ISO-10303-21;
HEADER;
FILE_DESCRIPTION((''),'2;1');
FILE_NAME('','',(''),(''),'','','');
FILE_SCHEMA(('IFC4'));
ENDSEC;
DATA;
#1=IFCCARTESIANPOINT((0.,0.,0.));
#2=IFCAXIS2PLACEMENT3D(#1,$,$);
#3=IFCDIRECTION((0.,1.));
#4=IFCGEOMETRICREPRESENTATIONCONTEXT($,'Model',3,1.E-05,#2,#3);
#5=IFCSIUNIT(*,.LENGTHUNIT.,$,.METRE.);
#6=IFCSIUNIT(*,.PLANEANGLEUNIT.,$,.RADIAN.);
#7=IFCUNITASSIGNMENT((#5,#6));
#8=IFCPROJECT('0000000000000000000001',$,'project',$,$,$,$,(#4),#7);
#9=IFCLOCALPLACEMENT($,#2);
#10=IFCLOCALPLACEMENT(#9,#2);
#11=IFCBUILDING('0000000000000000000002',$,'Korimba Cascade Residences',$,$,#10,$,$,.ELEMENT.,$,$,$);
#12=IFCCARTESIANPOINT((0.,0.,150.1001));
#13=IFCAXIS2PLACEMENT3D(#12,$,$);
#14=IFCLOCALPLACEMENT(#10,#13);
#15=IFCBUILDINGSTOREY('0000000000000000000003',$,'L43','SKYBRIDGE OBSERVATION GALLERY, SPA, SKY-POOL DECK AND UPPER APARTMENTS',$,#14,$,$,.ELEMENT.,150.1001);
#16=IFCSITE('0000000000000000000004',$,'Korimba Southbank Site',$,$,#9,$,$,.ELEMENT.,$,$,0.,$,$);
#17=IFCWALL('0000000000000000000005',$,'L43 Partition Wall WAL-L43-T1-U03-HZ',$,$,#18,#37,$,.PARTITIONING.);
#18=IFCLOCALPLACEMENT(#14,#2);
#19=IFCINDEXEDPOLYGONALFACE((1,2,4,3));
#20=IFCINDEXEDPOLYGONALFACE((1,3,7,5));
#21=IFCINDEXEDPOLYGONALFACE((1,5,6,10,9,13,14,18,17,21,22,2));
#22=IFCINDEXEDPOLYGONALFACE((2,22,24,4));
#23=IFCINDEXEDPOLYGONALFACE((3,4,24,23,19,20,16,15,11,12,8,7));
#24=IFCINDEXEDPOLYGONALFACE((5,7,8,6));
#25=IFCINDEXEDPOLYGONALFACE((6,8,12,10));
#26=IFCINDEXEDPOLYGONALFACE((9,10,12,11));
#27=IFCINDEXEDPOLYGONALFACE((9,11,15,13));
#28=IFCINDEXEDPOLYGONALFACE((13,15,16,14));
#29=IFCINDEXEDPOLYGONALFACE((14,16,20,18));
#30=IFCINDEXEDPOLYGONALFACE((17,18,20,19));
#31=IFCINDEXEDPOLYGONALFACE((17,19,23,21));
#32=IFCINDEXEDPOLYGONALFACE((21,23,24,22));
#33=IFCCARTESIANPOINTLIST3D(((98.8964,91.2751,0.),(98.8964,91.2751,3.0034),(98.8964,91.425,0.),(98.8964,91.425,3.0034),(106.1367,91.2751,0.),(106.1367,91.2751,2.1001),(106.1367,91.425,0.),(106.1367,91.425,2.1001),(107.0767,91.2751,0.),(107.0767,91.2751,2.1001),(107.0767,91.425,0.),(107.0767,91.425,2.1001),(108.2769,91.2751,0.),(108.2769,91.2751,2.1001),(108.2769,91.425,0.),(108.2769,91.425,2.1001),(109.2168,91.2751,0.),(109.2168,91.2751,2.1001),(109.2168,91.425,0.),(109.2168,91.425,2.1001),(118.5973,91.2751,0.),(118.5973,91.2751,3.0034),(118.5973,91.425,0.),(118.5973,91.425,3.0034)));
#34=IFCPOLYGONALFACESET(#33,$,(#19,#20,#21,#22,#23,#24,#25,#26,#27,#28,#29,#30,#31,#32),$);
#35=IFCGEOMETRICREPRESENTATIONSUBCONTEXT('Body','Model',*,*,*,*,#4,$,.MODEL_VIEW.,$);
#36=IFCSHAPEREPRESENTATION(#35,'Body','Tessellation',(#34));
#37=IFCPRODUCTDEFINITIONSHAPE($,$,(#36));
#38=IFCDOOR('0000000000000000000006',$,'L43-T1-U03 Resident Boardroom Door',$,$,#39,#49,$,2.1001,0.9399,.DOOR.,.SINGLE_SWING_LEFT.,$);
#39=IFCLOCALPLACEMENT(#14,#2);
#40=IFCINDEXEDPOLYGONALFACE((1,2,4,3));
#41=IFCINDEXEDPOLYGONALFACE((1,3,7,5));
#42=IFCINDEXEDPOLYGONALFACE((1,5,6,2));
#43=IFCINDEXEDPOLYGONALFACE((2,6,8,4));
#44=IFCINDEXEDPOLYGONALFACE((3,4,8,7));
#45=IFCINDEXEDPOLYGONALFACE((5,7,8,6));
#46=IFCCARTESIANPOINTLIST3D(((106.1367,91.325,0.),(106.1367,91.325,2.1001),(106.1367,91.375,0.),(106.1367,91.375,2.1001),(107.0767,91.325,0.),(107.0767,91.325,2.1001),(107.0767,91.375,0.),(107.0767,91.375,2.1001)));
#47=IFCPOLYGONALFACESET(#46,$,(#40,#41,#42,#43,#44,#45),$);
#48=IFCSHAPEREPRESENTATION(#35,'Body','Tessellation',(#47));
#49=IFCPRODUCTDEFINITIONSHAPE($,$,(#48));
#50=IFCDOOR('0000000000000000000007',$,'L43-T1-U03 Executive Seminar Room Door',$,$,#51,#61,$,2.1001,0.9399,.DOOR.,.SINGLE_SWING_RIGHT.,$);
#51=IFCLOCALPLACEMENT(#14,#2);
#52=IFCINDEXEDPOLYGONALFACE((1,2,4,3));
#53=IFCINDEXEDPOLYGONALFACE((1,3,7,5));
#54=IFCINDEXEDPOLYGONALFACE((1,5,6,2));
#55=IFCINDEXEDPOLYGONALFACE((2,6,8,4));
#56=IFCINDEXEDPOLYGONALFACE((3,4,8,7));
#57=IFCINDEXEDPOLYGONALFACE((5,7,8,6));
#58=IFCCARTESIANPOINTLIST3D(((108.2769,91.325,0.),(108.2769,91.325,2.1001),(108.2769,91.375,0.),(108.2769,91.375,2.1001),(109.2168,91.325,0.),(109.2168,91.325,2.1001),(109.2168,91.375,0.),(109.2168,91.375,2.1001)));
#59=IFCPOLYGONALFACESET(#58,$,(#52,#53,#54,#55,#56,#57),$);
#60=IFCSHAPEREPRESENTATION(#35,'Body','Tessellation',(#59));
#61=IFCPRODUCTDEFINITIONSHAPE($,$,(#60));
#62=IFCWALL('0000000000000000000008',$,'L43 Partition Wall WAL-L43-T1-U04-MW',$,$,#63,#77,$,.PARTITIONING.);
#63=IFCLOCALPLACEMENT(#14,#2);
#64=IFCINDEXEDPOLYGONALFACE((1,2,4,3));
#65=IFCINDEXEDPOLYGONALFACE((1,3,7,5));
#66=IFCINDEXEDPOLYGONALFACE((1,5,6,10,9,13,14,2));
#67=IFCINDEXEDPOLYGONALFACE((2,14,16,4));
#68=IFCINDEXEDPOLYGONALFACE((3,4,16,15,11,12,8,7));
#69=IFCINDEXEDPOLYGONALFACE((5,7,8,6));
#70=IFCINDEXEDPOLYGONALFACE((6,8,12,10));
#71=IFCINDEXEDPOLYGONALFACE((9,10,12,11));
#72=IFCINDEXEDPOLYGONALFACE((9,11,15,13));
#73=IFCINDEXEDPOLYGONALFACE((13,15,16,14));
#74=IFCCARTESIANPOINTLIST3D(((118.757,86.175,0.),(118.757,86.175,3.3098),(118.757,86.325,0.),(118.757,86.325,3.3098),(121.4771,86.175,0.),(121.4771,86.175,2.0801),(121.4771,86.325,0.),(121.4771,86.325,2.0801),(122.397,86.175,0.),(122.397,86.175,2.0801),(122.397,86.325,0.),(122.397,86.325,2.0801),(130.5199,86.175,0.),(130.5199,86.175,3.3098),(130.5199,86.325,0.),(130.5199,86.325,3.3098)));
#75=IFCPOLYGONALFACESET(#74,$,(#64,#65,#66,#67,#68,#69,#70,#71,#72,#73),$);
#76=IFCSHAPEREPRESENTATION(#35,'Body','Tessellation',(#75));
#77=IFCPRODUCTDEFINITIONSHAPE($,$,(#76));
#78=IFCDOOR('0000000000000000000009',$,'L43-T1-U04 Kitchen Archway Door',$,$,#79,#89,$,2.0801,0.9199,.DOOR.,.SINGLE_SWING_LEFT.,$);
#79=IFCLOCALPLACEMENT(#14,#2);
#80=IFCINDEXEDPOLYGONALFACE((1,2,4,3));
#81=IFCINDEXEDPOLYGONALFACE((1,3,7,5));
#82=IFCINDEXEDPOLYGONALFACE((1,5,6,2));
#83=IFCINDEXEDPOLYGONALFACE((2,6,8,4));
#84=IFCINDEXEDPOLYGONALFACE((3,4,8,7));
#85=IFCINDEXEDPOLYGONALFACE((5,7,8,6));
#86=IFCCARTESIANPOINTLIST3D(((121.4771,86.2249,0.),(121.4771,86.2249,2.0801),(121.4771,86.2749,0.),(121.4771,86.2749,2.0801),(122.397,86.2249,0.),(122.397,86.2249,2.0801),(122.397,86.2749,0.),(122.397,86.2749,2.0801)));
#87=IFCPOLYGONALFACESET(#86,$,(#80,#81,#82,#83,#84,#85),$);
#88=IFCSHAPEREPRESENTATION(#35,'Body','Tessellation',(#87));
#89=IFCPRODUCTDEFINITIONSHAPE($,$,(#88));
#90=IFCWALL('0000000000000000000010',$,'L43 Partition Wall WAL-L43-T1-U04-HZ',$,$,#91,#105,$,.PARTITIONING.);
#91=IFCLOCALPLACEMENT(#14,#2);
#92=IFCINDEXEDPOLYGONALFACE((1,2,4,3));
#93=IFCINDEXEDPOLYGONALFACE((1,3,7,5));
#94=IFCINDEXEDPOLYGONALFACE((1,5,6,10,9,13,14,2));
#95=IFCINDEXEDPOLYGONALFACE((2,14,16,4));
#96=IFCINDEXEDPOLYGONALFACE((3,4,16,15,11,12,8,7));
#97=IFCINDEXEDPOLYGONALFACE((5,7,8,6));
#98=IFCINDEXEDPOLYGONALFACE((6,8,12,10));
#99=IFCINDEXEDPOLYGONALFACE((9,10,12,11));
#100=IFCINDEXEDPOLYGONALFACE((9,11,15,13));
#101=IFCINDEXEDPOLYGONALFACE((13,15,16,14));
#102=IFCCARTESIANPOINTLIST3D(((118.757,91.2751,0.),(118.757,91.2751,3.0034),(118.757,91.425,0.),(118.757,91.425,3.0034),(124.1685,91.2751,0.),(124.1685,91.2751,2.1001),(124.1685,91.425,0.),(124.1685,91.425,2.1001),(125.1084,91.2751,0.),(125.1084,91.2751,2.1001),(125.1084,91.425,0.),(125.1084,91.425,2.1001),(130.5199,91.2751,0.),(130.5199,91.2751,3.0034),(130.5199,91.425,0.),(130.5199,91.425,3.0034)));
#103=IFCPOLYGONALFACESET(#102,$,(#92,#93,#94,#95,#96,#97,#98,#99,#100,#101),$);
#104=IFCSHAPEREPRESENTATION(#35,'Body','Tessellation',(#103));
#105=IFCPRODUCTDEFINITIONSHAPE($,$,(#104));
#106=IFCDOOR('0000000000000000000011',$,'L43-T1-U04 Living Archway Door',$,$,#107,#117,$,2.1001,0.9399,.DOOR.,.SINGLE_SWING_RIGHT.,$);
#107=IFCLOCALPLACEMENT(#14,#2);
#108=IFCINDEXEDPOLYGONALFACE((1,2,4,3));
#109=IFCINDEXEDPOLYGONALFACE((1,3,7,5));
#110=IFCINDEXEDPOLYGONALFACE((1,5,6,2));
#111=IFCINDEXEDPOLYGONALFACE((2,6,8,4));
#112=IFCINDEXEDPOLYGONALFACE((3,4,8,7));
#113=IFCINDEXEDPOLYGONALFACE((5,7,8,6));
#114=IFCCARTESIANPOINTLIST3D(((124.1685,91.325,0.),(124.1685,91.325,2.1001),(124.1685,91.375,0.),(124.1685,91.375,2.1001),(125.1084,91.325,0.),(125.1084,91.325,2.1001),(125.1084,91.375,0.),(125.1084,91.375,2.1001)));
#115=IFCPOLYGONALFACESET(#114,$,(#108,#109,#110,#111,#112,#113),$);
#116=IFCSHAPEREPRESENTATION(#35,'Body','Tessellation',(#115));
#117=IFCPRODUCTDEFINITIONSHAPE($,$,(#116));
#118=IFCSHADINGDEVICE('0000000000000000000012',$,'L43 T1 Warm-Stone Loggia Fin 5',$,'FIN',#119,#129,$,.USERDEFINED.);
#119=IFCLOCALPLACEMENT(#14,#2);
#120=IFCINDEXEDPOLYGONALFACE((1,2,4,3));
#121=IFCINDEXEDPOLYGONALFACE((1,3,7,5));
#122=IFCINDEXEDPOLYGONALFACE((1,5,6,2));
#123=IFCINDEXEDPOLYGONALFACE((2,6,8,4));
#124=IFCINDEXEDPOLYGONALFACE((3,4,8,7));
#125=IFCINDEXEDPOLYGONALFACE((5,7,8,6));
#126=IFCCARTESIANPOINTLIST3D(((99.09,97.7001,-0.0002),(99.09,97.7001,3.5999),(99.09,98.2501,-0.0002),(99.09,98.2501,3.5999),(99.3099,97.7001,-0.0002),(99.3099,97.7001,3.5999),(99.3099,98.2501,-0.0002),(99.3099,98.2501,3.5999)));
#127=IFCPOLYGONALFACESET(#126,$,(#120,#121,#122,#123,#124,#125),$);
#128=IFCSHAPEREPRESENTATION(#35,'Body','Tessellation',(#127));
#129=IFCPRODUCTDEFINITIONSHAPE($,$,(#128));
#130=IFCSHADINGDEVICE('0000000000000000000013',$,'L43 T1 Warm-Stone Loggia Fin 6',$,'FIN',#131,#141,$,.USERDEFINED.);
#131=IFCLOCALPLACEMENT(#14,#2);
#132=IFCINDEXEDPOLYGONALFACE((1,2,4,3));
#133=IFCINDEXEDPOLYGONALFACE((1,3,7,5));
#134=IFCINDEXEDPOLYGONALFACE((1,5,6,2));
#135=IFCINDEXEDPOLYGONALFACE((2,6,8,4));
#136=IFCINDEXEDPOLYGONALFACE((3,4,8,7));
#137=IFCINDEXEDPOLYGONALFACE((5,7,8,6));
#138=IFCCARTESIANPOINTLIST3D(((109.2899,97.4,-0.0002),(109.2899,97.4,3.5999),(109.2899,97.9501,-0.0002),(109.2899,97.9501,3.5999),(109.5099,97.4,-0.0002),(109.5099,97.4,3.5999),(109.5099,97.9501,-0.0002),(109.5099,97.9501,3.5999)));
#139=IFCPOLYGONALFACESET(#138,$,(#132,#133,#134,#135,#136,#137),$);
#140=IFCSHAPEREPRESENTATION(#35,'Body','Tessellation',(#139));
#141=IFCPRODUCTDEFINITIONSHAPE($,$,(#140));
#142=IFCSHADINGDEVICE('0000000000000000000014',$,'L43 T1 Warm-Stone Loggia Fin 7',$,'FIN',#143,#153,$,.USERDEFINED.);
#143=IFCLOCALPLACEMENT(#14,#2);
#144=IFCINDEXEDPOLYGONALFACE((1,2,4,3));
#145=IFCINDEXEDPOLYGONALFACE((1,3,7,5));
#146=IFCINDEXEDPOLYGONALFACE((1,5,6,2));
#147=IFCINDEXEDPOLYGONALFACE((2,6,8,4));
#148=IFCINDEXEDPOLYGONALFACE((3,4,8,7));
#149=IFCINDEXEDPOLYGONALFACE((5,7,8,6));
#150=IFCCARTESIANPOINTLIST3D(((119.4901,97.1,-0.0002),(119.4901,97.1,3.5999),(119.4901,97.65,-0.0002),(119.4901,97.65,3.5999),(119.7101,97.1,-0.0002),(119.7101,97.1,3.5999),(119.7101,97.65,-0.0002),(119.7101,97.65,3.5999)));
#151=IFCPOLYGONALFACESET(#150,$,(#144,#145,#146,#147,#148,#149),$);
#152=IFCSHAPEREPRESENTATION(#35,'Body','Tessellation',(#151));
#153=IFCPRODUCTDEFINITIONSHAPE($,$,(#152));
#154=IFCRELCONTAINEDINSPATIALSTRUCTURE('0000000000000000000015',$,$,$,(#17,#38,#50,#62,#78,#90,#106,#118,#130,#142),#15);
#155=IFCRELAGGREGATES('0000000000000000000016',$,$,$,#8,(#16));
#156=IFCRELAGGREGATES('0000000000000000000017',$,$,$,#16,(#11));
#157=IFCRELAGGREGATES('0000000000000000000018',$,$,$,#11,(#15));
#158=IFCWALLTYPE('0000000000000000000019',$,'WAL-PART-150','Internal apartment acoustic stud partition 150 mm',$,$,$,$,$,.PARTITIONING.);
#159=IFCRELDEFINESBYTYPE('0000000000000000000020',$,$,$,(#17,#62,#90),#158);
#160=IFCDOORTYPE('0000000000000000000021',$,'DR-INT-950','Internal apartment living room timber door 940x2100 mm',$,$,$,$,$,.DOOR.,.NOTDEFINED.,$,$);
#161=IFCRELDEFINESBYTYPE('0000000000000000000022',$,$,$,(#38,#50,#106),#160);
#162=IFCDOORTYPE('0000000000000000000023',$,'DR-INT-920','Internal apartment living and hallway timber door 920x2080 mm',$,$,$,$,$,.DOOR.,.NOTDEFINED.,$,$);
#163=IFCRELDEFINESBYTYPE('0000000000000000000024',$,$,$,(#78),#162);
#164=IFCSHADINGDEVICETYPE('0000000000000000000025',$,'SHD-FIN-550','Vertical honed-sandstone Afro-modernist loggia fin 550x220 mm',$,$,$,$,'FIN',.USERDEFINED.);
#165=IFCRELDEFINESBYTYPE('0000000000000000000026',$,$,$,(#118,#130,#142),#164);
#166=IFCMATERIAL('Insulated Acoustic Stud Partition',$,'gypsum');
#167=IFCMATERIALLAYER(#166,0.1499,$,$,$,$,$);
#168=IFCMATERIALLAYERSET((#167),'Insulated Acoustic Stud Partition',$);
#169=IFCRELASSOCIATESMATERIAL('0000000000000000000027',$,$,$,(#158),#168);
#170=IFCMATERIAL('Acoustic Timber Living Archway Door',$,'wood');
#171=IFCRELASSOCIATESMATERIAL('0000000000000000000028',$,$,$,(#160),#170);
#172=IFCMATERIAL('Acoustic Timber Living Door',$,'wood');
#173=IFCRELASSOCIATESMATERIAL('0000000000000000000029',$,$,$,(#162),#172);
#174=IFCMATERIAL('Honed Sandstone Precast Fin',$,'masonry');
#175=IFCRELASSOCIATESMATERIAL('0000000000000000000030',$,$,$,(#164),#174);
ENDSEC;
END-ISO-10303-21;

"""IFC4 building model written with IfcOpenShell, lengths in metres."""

from ifc_helpers import new_model, si_unit, direction, frame, frame_2d, origin, origin_2d, place, context, subcontext, project, spatial, rectangle, extrude, material, layer, layer_set, type_object, element, fill, save


model = new_model("IFC4")

# Units and contexts
model_context = context("Model", 3, precision=1e-05, world=origin(), true_north=direction((0.0, 1.0)))
body_context = subcontext(model_context, "Body", "Model", "MODEL_VIEW")
ifc_project = project(units=[si_unit("LENGTHUNIT", "METRE"), si_unit("PLANEANGLEUNIT", "RADIAN")], contexts=[model_context])

# Site, building, storey
site_placement = place(None, origin())
site = spatial("IfcSite", under=ifc_project, at=site_placement, Name="Korimba Southbank Site", CompositionType="ELEMENT", RefElevation=0.0)
building_placement = place(site_placement, origin())
building = spatial("IfcBuilding", under=site, at=building_placement, Name="Korimba Cascade Residences", CompositionType="ELEMENT")
storey_placement = place(building_placement, frame((0.0, 0.0, 150.1001)))
storey = spatial("IfcBuildingStorey", under=building, at=storey_placement, Name="L43", Description="SKYBRIDGE OBSERVATION GALLERY, SPA, SKY-POOL DECK AND UPPER APARTMENTS", CompositionType="ELEMENT", Elevation=150.1001)

# Shared definitions
ifc_material_1 = material(Name="Insulated Acoustic Stud Partition", Category="gypsum")
ifc_layer = layer(ifc_material_1, 0.1499)
ifc_layer_set = layer_set([ifc_layer], Name="Insulated Acoustic Stud Partition")
wall_type = type_object("IfcWallType", Name="WAL-PART-150", Description="Internal apartment acoustic stud partition 150 mm", PredefinedType="PARTITIONING", material=ifc_layer_set)

# Wall, openings, doors
wall_1_placement = place(storey_placement, frame((98.8962, 91.3501, 0.0), z_axis=(0.0, 0.0, 1.0), x_axis=(1.0, 0.0, 0.0)))
wall_1 = element("IfcWall", 1, at=wall_1_placement, inside=storey, type_object=wall_type, Name="L43 Partition Wall WAL-L43-T1-U03-HZ", PredefinedType="PARTITIONING", context=body_context, shape_type="SweptSolid", body=[
    extrude(rectangle(XDim=19.7009, YDim=0.1499, at=frame_2d((9.8506, 0.0))), origin(), (0.0, 0.0, 1.0), 3.0034),
])
opening_1_placement = place(wall_1_placement, frame((7.2405, 0.0, 0.0)))
opening_1 = element("IfcOpeningElement", 2, at=opening_1_placement, cuts=wall_1, PredefinedType="OPENING", context=body_context, shape_type="SweptSolid", body=[
    extrude(rectangle(XDim=0.9399, YDim=2.1001, at=frame_2d((0.47, 1.05))), frame((0.0, 0.085, 0.0), z_axis=(0.0, -1.0, 0.0), x_axis=(1.0, 0.0, 0.0)), (0.0, 0.0, 1.0), 0.1699),
])
opening_2_placement = place(wall_1_placement, frame((9.3806, 0.0, 0.0)))
opening_2 = element("IfcOpeningElement", 3, at=opening_2_placement, cuts=wall_1, PredefinedType="OPENING", context=body_context, shape_type="SweptSolid", body=[
    extrude(rectangle(XDim=0.9399, YDim=2.1001, at=frame_2d((0.47, 1.05))), frame((0.0, 0.085, 0.0), z_axis=(0.0, -1.0, 0.0), x_axis=(1.0, 0.0, 0.0)), (0.0, 0.0, 1.0), 0.1699),
])
ifc_material_2 = material(Name="Acoustic Timber Living Archway Door", Category="wood")
door_type_1 = type_object("IfcDoorType", Name="DR-INT-950", Description="Internal apartment living room timber door 940x2100 mm", OperationType="NOTDEFINED", PredefinedType="DOOR", material=ifc_material_2)
door_1_placement = place(opening_1_placement, origin())
door_1 = element("IfcDoor", 4, at=door_1_placement, inside=storey, type_object=door_type_1, Name="L43-T1-U03 Resident Boardroom Door", OperationType="SINGLE_SWING_LEFT", OverallHeight=2.1001, OverallWidth=0.9399, PredefinedType="DOOR", context=body_context, shape_type="SweptSolid", body=[
    extrude(rectangle(XDim=0.9399, YDim=2.1001, at=frame_2d((0.47, 1.05))), frame((0.0, 0.0249, 0.0), z_axis=(0.0, -1.0, 0.0), x_axis=(1.0, 0.0, 0.0)), (0.0, 0.0, 1.0), 0.05),
])
fill(opening_1, door_1)
door_2_placement = place(opening_2_placement, origin())
door_2 = element("IfcDoor", 5, at=door_2_placement, inside=storey, type_object=door_type_1, Name="L43-T1-U03 Executive Seminar Room Door", OperationType="SINGLE_SWING_RIGHT", OverallHeight=2.1001, OverallWidth=0.9399, PredefinedType="DOOR", context=body_context, shape_type="SweptSolid", body=[
    extrude(rectangle(XDim=0.9399, YDim=2.1001, at=frame_2d((0.47, 1.05))), frame((0.0, 0.0249, 0.0), z_axis=(0.0, -1.0, 0.0), x_axis=(1.0, 0.0, 0.0)), (0.0, 0.0, 1.0), 0.05),
])
fill(opening_2, door_2)

# Walls, openings, doors
wall_2_placement = place(storey_placement, frame((118.7571, 86.25, 0.0), z_axis=(0.0, 0.0, 1.0), x_axis=(1.0, 0.0, 0.0)))
wall_2 = element("IfcWall", 6, at=wall_2_placement, inside=storey, type_object=wall_type, Name="L43 Partition Wall WAL-L43-T1-U04-MW", PredefinedType="PARTITIONING", context=body_context, shape_type="SweptSolid", body=[
    extrude(rectangle(XDim=11.7629, YDim=0.1499, at=frame_2d((5.8813, 0.0))), origin(), (0.0, 0.0, 1.0), 3.3098),
])
opening_3_placement = place(wall_2_placement, frame((2.72, 0.0, 0.0)))
opening_3 = element("IfcOpeningElement", 7, at=opening_3_placement, cuts=wall_2, PredefinedType="OPENING", context=body_context, shape_type="SweptSolid", body=[
    extrude(rectangle(XDim=0.9199, YDim=2.0801, at=frame_2d((0.46, 1.04))), frame((0.0, 0.085, 0.0), z_axis=(0.0, -1.0, 0.0), x_axis=(1.0, 0.0, 0.0)), (0.0, 0.0, 1.0), 0.1699),
])
ifc_material_3 = material(Name="Acoustic Timber Living Door", Category="wood")
door_type_2 = type_object("IfcDoorType", Name="DR-INT-920", Description="Internal apartment living and hallway timber door 920x2080 mm", OperationType="NOTDEFINED", PredefinedType="DOOR", material=ifc_material_3)
door_3_placement = place(opening_3_placement, origin())
door_3 = element("IfcDoor", 8, at=door_3_placement, inside=storey, type_object=door_type_2, Name="L43-T1-U04 Kitchen Archway Door", OperationType="SINGLE_SWING_LEFT", OverallHeight=2.0801, OverallWidth=0.9199, PredefinedType="DOOR", context=body_context, shape_type="SweptSolid", body=[
    extrude(rectangle(XDim=0.9199, YDim=2.0801, at=frame_2d((0.46, 1.04))), frame((0.0, 0.0249, 0.0), z_axis=(0.0, -1.0, 0.0), x_axis=(1.0, 0.0, 0.0)), (0.0, 0.0, 1.0), 0.05),
])
fill(opening_3, door_3)
wall_3_placement = place(storey_placement, frame((118.7571, 91.3501, 0.0), z_axis=(0.0, 0.0, 1.0), x_axis=(1.0, 0.0, 0.0)))
wall_3 = element("IfcWall", 9, at=wall_3_placement, inside=storey, type_object=wall_type, Name="L43 Partition Wall WAL-L43-T1-U04-HZ", PredefinedType="PARTITIONING", context=body_context, shape_type="SweptSolid", body=[
    extrude(rectangle(XDim=11.7629, YDim=0.1499, at=frame_2d((5.8813, 0.0))), origin(), (0.0, 0.0, 1.0), 3.0034),
])
opening_4_placement = place(wall_3_placement, frame((5.4114, 0.0, 0.0)))
opening_4 = element("IfcOpeningElement", 10, at=opening_4_placement, cuts=wall_3, PredefinedType="OPENING", context=body_context, shape_type="SweptSolid", body=[
    extrude(rectangle(XDim=0.9399, YDim=2.1001, at=frame_2d((0.47, 1.05))), frame((0.0, 0.085, 0.0), z_axis=(0.0, -1.0, 0.0), x_axis=(1.0, 0.0, 0.0)), (0.0, 0.0, 1.0), 0.1699),
])
door_4_placement = place(opening_4_placement, origin())
door_4 = element("IfcDoor", 11, at=door_4_placement, inside=storey, type_object=door_type_1, Name="L43-T1-U04 Living Archway Door", OperationType="SINGLE_SWING_RIGHT", OverallHeight=2.1001, OverallWidth=0.9399, PredefinedType="DOOR", context=body_context, shape_type="SweptSolid", body=[
    extrude(rectangle(XDim=0.9399, YDim=2.1001, at=frame_2d((0.47, 1.05))), frame((0.0, 0.0249, 0.0), z_axis=(0.0, -1.0, 0.0), x_axis=(1.0, 0.0, 0.0)), (0.0, 0.0, 1.0), 0.05),
])
fill(opening_4, door_4)

# Shading devices
ifc_material_4 = material(Name="Honed Sandstone Precast Fin", Category="masonry")
shading_device_type = type_object("IfcShadingDeviceType", Name="SHD-FIN-550", Description="Vertical honed-sandstone Afro-modernist loggia fin 550x220 mm", ElementType="FIN", PredefinedType="USERDEFINED", material=ifc_material_4)
for number, where, z_axis, x_axis, name in (
    (12, (99.2, 97.9751, -0.0002), (0.0, 0.0, 1.0), (1.0, 0.0, 0.0), "L43 T1 Warm-Stone Loggia Fin 5"),
    (13, (109.3999, 97.675, -0.0002), (0.0, 0.0, 1.0), (1.0, 0.0, 0.0), "L43 T1 Warm-Stone Loggia Fin 6"),
    (14, (119.6001, 97.375, -0.0002), (0.0, 0.0, 1.0), (1.0, 0.0, 0.0), "L43 T1 Warm-Stone Loggia Fin 7"),
):
    element("IfcShadingDevice", number, at=place(storey_placement, frame(where, z_axis=z_axis, x_axis=x_axis)), inside=storey, type_object=shading_device_type, Name=name, ObjectType="FIN", PredefinedType="USERDEFINED", context=body_context, shape_type="SweptSolid", body=[
        extrude(rectangle(XDim=0.22, YDim=0.55, at=origin_2d()), origin(), (0.0, 0.0, 1.0), 3.6001),
    ])

save(model, "model.ifc")
